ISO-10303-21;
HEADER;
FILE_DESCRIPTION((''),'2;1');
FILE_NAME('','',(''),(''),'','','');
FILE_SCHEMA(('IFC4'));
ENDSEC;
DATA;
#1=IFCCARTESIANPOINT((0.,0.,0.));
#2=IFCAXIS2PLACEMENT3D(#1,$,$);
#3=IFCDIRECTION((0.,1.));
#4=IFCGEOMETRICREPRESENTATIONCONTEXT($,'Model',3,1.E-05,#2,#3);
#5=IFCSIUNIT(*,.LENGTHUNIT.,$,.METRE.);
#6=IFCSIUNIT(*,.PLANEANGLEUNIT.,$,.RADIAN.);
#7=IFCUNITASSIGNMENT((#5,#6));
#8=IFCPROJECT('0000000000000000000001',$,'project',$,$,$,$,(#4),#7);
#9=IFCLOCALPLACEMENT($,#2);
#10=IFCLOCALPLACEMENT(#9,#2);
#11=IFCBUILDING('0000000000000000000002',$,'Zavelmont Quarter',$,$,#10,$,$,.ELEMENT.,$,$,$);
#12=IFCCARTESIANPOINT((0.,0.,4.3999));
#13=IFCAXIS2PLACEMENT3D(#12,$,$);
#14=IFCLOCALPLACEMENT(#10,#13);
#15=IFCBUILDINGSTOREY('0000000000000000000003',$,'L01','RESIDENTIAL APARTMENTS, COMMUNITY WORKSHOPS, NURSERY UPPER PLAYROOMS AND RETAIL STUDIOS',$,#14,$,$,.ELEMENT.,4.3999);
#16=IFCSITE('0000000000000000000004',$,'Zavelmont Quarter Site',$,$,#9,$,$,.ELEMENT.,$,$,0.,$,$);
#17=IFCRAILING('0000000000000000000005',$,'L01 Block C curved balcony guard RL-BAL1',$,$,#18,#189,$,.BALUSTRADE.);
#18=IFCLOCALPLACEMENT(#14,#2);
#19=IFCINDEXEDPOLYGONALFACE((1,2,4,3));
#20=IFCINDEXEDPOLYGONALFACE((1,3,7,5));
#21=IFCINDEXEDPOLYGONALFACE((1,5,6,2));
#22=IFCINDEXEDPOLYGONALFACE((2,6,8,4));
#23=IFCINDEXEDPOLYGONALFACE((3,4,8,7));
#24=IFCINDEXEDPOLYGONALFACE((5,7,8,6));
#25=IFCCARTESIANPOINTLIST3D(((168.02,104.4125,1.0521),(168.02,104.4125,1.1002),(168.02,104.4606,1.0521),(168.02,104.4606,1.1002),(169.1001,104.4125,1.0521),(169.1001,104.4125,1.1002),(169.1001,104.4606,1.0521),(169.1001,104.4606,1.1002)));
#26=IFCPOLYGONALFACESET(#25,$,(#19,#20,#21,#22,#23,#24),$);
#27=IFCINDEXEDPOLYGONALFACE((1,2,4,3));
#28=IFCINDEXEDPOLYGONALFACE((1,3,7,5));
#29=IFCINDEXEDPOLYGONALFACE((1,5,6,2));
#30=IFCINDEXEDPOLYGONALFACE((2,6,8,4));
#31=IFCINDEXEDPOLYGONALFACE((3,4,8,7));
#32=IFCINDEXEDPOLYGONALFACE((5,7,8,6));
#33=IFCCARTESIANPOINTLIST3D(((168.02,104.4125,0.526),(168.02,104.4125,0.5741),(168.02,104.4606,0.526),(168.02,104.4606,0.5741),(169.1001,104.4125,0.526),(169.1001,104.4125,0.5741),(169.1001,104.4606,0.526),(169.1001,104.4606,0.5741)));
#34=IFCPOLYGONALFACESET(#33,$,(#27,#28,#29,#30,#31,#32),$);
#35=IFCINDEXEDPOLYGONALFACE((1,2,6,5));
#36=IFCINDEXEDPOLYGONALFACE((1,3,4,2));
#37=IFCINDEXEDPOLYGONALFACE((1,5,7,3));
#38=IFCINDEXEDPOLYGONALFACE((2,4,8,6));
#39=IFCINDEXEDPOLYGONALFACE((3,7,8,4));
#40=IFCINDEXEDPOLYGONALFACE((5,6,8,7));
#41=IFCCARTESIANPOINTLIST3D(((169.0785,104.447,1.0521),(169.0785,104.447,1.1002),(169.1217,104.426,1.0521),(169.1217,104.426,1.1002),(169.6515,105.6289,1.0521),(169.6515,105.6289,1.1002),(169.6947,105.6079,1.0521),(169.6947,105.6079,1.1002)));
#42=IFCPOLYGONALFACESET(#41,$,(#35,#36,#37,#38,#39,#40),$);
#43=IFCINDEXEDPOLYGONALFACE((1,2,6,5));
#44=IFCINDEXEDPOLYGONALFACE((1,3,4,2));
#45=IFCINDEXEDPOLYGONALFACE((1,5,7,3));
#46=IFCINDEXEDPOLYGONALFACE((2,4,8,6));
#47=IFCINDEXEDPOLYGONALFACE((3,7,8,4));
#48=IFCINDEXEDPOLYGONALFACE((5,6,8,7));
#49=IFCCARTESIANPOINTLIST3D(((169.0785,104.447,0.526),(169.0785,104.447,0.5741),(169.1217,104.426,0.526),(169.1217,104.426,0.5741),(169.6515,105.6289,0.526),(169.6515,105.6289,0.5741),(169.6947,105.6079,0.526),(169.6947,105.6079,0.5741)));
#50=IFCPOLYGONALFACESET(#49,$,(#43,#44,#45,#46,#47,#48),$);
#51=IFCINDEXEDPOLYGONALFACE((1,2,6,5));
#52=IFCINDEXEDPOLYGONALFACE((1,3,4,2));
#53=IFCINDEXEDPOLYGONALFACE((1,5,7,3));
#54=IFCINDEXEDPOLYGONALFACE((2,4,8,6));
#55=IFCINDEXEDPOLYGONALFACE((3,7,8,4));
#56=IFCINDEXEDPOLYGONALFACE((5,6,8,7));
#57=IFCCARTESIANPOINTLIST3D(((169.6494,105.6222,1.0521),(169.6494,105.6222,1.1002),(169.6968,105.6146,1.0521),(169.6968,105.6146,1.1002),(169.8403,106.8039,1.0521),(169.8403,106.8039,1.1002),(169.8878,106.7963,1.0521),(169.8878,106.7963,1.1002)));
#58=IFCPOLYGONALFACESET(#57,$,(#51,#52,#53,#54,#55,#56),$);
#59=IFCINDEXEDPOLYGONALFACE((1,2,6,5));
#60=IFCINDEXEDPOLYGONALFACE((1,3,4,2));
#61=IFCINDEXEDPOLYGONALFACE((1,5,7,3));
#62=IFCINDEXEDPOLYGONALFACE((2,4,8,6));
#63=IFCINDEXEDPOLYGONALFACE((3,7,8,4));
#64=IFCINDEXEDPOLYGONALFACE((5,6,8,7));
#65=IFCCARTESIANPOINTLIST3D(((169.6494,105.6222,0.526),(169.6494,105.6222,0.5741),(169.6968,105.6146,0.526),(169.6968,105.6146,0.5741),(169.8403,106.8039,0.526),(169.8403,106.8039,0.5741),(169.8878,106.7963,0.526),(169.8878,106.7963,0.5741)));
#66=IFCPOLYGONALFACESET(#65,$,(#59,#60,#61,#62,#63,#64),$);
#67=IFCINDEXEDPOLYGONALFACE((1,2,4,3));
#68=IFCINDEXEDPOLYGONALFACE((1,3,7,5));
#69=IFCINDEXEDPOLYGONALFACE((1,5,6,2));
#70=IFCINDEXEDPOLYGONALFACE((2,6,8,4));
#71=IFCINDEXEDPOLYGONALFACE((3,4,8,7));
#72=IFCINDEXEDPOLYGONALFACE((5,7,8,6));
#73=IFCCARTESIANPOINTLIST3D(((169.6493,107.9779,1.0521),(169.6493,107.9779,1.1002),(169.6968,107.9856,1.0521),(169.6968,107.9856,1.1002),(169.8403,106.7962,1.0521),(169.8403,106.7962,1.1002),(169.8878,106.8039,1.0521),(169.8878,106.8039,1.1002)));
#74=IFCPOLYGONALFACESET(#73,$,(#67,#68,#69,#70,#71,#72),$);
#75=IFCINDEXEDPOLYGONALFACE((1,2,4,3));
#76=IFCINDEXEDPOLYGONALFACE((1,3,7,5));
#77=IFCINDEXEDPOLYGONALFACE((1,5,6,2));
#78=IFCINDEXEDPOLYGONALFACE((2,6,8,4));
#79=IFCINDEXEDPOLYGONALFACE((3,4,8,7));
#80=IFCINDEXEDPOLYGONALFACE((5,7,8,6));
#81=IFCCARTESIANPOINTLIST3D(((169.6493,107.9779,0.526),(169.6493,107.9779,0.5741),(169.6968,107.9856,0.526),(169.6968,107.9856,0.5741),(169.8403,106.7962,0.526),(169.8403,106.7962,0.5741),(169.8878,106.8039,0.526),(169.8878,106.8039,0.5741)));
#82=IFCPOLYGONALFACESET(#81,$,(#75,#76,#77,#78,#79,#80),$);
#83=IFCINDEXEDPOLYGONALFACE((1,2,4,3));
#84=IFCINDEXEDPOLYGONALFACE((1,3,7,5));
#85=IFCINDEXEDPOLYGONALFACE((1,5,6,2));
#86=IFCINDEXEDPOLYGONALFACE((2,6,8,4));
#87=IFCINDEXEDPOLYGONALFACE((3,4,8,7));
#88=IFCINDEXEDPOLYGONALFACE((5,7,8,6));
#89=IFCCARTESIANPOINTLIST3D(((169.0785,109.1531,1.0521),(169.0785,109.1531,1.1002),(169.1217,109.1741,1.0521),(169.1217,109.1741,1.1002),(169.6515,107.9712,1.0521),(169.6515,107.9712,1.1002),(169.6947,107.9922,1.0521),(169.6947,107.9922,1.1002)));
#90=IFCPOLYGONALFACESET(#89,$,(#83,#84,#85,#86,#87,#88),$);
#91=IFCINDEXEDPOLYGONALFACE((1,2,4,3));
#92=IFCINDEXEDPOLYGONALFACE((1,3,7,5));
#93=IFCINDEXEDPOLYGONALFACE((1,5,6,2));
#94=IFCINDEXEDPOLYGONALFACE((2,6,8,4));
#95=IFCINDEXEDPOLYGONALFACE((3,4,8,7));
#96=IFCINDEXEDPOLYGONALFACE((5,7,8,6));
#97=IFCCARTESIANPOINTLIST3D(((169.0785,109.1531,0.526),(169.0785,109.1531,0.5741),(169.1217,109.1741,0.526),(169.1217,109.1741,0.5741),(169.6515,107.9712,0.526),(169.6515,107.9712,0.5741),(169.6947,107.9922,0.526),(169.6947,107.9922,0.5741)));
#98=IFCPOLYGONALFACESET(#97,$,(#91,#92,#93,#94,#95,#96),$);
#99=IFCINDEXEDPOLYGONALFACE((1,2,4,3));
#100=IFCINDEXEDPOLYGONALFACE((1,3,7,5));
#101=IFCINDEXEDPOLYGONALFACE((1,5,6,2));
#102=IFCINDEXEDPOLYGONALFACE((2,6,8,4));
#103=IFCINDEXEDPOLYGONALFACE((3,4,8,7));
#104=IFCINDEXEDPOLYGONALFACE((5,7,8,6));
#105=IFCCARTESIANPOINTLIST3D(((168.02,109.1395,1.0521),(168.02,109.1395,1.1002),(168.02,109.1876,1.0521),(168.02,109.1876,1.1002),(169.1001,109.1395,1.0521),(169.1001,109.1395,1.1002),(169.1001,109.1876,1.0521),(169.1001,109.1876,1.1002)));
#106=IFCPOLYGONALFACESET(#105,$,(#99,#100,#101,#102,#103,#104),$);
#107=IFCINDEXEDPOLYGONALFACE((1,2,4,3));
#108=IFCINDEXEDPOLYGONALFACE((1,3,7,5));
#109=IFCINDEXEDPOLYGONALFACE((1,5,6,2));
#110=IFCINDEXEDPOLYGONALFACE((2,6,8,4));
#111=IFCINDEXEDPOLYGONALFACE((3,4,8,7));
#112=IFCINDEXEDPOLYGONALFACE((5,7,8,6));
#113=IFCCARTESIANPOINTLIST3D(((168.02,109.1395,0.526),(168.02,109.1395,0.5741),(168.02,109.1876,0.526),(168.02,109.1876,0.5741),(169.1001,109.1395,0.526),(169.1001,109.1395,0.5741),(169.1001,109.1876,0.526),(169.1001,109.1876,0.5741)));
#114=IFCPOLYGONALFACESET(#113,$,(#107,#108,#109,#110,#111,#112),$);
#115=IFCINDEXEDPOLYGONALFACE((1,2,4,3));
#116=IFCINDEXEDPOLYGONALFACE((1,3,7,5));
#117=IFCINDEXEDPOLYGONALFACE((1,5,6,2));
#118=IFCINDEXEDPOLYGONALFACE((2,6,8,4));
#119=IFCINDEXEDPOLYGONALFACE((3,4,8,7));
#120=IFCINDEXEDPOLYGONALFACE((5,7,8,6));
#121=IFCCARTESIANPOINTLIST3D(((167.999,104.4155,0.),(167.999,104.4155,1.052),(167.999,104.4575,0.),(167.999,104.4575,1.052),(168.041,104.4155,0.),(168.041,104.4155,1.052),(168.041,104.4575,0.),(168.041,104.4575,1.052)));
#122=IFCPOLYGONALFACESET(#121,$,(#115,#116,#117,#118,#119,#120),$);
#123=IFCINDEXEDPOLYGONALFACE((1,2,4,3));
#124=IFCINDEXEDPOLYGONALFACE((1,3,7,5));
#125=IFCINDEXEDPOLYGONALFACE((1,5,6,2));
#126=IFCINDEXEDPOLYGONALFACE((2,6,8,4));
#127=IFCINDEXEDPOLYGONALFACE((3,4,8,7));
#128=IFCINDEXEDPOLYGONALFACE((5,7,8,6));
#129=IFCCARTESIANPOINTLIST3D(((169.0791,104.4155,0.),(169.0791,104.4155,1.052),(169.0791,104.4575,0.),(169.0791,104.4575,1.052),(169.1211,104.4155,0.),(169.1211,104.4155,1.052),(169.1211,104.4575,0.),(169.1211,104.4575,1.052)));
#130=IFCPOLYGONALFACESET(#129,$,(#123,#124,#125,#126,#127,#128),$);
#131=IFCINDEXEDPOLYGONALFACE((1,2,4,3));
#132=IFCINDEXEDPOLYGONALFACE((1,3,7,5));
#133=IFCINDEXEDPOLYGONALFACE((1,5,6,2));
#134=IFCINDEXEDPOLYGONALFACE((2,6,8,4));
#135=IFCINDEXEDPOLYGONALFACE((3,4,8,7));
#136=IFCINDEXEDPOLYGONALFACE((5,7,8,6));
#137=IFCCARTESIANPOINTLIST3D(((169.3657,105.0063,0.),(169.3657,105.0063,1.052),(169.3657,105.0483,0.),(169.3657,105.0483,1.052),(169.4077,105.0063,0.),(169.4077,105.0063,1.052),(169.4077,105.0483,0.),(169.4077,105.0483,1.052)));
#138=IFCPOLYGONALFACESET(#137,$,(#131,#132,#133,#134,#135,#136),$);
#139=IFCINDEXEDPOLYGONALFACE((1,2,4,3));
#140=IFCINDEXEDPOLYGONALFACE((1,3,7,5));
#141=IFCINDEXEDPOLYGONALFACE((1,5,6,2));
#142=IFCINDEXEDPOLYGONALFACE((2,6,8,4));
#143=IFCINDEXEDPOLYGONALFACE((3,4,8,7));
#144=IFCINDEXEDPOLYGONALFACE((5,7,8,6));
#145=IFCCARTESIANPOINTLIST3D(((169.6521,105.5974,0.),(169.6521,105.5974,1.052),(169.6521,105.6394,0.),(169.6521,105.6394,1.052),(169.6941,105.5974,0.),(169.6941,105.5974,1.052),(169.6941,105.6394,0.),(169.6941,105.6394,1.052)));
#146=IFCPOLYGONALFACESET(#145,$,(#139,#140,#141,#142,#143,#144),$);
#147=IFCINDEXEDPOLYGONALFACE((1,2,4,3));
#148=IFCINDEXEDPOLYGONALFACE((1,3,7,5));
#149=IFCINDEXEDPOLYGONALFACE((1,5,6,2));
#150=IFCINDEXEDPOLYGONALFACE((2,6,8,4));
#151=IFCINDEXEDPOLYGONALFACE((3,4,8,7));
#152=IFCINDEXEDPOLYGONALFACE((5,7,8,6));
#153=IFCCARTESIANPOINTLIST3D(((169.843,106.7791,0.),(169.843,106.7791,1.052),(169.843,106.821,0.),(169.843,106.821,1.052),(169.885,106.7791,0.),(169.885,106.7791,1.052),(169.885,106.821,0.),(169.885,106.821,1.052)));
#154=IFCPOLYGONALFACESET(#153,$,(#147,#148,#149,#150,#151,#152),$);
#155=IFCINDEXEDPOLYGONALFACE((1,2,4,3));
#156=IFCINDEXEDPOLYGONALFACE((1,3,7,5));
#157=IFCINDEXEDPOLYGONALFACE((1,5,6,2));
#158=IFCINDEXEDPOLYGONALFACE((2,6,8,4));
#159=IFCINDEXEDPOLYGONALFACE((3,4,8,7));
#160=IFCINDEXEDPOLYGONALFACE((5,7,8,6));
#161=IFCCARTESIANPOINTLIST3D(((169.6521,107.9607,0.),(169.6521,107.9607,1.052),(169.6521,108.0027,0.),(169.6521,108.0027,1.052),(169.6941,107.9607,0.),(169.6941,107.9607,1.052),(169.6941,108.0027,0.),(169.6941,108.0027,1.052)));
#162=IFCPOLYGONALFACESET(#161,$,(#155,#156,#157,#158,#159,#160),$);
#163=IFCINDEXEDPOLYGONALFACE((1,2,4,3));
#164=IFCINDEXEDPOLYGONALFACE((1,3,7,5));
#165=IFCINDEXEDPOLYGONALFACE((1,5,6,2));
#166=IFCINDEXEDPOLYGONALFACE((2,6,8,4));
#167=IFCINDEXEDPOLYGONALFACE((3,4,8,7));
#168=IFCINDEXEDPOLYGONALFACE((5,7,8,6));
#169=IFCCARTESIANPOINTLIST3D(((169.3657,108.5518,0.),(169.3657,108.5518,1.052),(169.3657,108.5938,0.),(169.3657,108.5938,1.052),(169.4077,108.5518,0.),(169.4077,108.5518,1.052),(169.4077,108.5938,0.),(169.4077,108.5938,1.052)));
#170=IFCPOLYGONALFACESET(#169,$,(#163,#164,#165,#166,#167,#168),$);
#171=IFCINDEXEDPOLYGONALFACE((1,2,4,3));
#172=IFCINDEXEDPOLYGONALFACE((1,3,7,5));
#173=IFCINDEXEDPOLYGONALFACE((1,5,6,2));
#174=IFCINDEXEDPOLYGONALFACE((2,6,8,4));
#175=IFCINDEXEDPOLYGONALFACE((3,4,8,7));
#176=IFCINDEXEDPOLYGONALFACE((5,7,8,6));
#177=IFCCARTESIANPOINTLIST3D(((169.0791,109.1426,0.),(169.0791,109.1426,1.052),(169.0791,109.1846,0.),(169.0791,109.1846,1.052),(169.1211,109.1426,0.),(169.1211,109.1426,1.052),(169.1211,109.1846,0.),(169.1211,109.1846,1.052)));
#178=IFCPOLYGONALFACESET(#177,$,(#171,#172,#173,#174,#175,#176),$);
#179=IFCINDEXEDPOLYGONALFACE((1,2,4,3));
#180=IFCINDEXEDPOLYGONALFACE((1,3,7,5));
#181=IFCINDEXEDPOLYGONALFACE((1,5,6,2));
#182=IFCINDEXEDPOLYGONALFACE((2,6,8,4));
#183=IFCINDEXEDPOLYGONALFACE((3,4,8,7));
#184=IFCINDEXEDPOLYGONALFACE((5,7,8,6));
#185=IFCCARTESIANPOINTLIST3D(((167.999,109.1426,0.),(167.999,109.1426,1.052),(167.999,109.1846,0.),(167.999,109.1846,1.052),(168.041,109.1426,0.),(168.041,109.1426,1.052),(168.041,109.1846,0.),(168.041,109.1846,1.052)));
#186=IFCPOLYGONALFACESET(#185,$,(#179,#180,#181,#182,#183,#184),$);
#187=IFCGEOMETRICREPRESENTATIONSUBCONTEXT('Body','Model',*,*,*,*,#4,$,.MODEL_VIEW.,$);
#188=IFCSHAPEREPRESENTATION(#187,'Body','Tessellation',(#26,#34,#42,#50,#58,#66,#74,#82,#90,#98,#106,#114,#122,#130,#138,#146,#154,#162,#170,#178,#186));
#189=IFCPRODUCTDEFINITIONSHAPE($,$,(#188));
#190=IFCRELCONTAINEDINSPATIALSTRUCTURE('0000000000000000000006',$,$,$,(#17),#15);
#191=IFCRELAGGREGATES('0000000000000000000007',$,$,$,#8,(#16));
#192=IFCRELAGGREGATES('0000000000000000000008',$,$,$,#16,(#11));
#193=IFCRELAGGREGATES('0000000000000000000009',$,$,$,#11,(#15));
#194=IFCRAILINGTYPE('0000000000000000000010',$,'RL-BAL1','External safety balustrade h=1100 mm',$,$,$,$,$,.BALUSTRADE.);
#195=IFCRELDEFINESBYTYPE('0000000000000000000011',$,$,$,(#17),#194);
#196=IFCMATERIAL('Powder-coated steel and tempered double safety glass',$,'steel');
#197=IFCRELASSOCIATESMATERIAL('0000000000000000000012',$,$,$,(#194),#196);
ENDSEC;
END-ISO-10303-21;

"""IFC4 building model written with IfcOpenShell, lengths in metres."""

from ifc_helpers import new_model, si_unit, direction, frame, origin, origin_2d, place, context, subcontext, project, spatial, rectangle, extrude, material, type_object, element, save


model = new_model("IFC4")

# Units and contexts
model_context = context("Model", 3, precision=1e-05, world=origin(), true_north=direction((0.0, 1.0)))
body_context = subcontext(model_context, "Body", "Model", "MODEL_VIEW")
ifc_project = project(units=[si_unit("LENGTHUNIT", "METRE"), si_unit("PLANEANGLEUNIT", "RADIAN")], contexts=[model_context])

# Site, building, storey
site_placement = place(None, origin())
site = spatial("IfcSite", under=ifc_project, at=site_placement, Name="Zavelmont Quarter Site", CompositionType="ELEMENT", RefElevation=0.0)
building_placement = place(site_placement, origin())
building = spatial("IfcBuilding", under=site, at=building_placement, Name="Zavelmont Quarter", CompositionType="ELEMENT")
storey_placement = place(building_placement, frame((0.0, 0.0, 4.3999)))
storey = spatial("IfcBuildingStorey", under=building, at=storey_placement, Name="L01", Description="RESIDENTIAL APARTMENTS, COMMUNITY WORKSHOPS, NURSERY UPPER PLAYROOMS AND RETAIL STUDIOS", CompositionType="ELEMENT", Elevation=4.3999)

# Railing
ifc_material_1 = material(Name="Powder-coated steel and tempered double safety glass", Category="steel")
railing_type = type_object("IfcRailingType", Name="RL-BAL1", Description="External safety balustrade h=1100 mm", PredefinedType="BALUSTRADE", material=ifc_material_1)
railing_placement = place(storey_placement, frame((168.02, 104.4365, 0.0)))
element("IfcRailing", 1, at=railing_placement, inside=storey, type_object=railing_type, Name="L01 Block C curved balcony guard RL-BAL1", PredefinedType="BALUSTRADE", context=body_context, shape_type="SweptSolid", body=[
    extrude(rectangle(XDim=0.0481, YDim=0.0481, at=origin_2d()), frame((0.0, 0.0, 1.0762), z_axis=(1.0, 0.0, 0.0), x_axis=(0.0, 1.0, 0.0)), (0.0, 0.0, 1.0), 1.0801),
    extrude(rectangle(XDim=0.0481, YDim=0.0481, at=origin_2d()), frame((0.0, 0.0, 0.55), z_axis=(1.0, 0.0, 0.0), x_axis=(0.0, 1.0, 0.0)), (0.0, 0.0, 1.0), 1.0801),
    extrude(rectangle(XDim=0.0481, YDim=0.0481, at=origin_2d()), frame((1.0801, 0.0, 1.0762), z_axis=(0.436251, 0.899825, 0.0), x_axis=(-0.899825, 0.436251, 0.0)), (0.0, 0.0, 1.0), 1.3135),
    extrude(rectangle(XDim=0.0481, YDim=0.0481, at=origin_2d()), frame((1.0801, 0.0, 0.55), z_axis=(0.436251, 0.899825, 0.0), x_axis=(-0.899825, 0.436251, 0.0)), (0.0, 0.0, 1.0), 1.3135),
    extrude(rectangle(XDim=0.0481, YDim=0.0481, at=origin_2d()), frame((1.6531, 1.1819, 1.0762), z_axis=(0.159502, 0.987198, 0.0), x_axis=(-0.987198, 0.159502, 0.0)), (0.0, 0.0, 1.0), 1.197),
    extrude(rectangle(XDim=0.0481, YDim=0.0481, at=origin_2d()), frame((1.6531, 1.1819, 0.55), z_axis=(0.159502, 0.987198, 0.0), x_axis=(-0.987198, 0.159502, 0.0)), (0.0, 0.0, 1.0), 1.197),
    extrude(rectangle(XDim=0.0481, YDim=0.0481, at=origin_2d()), frame((1.844, 2.3635, 1.0762), z_axis=(-0.159502, 0.987198, 0.0), x_axis=(-0.987198, -0.159502, 0.0)), (0.0, 0.0, 1.0), 1.197),
    extrude(rectangle(XDim=0.0481, YDim=0.0481, at=origin_2d()), frame((1.844, 2.3635, 0.55), z_axis=(-0.159502, 0.987198, 0.0), x_axis=(-0.987198, -0.159502, 0.0)), (0.0, 0.0, 1.0), 1.197),
    extrude(rectangle(XDim=0.0481, YDim=0.0481, at=origin_2d()), frame((1.6531, 3.5452, 1.0762), z_axis=(-0.436251, 0.899825, 0.0), x_axis=(-0.899825, -0.436251, 0.0)), (0.0, 0.0, 1.0), 1.3135),
    extrude(rectangle(XDim=0.0481, YDim=0.0481, at=origin_2d()), frame((1.6531, 3.5452, 0.55), z_axis=(-0.436251, 0.899825, 0.0), x_axis=(-0.899825, -0.436251, 0.0)), (0.0, 0.0, 1.0), 1.3135),
    extrude(rectangle(XDim=0.0481, YDim=0.0481, at=origin_2d()), frame((1.0801, 4.7271, 1.0762), z_axis=(-1.0, 0.0, 0.0), x_axis=(0.0, -1.0, 0.0)), (0.0, 0.0, 1.0), 1.0801),
    extrude(rectangle(XDim=0.0481, YDim=0.0481, at=origin_2d()), frame((1.0801, 4.7271, 0.55), z_axis=(-1.0, 0.0, 0.0), x_axis=(0.0, -1.0, 0.0)), (0.0, 0.0, 1.0), 1.0801),
    extrude(rectangle(XDim=0.042, YDim=0.042, at=origin_2d()), origin(), (0.0, 0.0, 1.0), 1.052),
    extrude(rectangle(XDim=0.042, YDim=0.042, at=origin_2d()), frame((1.0801, 0.0, 0.0)), (0.0, 0.0, 1.0), 1.052),
    extrude(rectangle(XDim=0.042, YDim=0.042, at=origin_2d()), frame((1.3667, 0.5908, 0.0)), (0.0, 0.0, 1.0), 1.052),
    extrude(rectangle(XDim=0.042, YDim=0.042, at=origin_2d()), frame((1.6531, 1.1819, 0.0)), (0.0, 0.0, 1.0), 1.052),
    extrude(rectangle(XDim=0.042, YDim=0.042, at=origin_2d()), frame((1.844, 2.3635, 0.0)), (0.0, 0.0, 1.0), 1.052),
    extrude(rectangle(XDim=0.042, YDim=0.042, at=origin_2d()), frame((1.6531, 3.5452, 0.0)), (0.0, 0.0, 1.0), 1.052),
    extrude(rectangle(XDim=0.042, YDim=0.042, at=origin_2d()), frame((1.3667, 4.1362, 0.0)), (0.0, 0.0, 1.0), 1.052),
    extrude(rectangle(XDim=0.042, YDim=0.042, at=origin_2d()), frame((1.0801, 4.7271, 0.0)), (0.0, 0.0, 1.0), 1.052),
    extrude(rectangle(XDim=0.042, YDim=0.042, at=origin_2d()), frame((0.0, 4.7271, 0.0)), (0.0, 0.0, 1.0), 1.052),
])

save(model, "model.ifc")
